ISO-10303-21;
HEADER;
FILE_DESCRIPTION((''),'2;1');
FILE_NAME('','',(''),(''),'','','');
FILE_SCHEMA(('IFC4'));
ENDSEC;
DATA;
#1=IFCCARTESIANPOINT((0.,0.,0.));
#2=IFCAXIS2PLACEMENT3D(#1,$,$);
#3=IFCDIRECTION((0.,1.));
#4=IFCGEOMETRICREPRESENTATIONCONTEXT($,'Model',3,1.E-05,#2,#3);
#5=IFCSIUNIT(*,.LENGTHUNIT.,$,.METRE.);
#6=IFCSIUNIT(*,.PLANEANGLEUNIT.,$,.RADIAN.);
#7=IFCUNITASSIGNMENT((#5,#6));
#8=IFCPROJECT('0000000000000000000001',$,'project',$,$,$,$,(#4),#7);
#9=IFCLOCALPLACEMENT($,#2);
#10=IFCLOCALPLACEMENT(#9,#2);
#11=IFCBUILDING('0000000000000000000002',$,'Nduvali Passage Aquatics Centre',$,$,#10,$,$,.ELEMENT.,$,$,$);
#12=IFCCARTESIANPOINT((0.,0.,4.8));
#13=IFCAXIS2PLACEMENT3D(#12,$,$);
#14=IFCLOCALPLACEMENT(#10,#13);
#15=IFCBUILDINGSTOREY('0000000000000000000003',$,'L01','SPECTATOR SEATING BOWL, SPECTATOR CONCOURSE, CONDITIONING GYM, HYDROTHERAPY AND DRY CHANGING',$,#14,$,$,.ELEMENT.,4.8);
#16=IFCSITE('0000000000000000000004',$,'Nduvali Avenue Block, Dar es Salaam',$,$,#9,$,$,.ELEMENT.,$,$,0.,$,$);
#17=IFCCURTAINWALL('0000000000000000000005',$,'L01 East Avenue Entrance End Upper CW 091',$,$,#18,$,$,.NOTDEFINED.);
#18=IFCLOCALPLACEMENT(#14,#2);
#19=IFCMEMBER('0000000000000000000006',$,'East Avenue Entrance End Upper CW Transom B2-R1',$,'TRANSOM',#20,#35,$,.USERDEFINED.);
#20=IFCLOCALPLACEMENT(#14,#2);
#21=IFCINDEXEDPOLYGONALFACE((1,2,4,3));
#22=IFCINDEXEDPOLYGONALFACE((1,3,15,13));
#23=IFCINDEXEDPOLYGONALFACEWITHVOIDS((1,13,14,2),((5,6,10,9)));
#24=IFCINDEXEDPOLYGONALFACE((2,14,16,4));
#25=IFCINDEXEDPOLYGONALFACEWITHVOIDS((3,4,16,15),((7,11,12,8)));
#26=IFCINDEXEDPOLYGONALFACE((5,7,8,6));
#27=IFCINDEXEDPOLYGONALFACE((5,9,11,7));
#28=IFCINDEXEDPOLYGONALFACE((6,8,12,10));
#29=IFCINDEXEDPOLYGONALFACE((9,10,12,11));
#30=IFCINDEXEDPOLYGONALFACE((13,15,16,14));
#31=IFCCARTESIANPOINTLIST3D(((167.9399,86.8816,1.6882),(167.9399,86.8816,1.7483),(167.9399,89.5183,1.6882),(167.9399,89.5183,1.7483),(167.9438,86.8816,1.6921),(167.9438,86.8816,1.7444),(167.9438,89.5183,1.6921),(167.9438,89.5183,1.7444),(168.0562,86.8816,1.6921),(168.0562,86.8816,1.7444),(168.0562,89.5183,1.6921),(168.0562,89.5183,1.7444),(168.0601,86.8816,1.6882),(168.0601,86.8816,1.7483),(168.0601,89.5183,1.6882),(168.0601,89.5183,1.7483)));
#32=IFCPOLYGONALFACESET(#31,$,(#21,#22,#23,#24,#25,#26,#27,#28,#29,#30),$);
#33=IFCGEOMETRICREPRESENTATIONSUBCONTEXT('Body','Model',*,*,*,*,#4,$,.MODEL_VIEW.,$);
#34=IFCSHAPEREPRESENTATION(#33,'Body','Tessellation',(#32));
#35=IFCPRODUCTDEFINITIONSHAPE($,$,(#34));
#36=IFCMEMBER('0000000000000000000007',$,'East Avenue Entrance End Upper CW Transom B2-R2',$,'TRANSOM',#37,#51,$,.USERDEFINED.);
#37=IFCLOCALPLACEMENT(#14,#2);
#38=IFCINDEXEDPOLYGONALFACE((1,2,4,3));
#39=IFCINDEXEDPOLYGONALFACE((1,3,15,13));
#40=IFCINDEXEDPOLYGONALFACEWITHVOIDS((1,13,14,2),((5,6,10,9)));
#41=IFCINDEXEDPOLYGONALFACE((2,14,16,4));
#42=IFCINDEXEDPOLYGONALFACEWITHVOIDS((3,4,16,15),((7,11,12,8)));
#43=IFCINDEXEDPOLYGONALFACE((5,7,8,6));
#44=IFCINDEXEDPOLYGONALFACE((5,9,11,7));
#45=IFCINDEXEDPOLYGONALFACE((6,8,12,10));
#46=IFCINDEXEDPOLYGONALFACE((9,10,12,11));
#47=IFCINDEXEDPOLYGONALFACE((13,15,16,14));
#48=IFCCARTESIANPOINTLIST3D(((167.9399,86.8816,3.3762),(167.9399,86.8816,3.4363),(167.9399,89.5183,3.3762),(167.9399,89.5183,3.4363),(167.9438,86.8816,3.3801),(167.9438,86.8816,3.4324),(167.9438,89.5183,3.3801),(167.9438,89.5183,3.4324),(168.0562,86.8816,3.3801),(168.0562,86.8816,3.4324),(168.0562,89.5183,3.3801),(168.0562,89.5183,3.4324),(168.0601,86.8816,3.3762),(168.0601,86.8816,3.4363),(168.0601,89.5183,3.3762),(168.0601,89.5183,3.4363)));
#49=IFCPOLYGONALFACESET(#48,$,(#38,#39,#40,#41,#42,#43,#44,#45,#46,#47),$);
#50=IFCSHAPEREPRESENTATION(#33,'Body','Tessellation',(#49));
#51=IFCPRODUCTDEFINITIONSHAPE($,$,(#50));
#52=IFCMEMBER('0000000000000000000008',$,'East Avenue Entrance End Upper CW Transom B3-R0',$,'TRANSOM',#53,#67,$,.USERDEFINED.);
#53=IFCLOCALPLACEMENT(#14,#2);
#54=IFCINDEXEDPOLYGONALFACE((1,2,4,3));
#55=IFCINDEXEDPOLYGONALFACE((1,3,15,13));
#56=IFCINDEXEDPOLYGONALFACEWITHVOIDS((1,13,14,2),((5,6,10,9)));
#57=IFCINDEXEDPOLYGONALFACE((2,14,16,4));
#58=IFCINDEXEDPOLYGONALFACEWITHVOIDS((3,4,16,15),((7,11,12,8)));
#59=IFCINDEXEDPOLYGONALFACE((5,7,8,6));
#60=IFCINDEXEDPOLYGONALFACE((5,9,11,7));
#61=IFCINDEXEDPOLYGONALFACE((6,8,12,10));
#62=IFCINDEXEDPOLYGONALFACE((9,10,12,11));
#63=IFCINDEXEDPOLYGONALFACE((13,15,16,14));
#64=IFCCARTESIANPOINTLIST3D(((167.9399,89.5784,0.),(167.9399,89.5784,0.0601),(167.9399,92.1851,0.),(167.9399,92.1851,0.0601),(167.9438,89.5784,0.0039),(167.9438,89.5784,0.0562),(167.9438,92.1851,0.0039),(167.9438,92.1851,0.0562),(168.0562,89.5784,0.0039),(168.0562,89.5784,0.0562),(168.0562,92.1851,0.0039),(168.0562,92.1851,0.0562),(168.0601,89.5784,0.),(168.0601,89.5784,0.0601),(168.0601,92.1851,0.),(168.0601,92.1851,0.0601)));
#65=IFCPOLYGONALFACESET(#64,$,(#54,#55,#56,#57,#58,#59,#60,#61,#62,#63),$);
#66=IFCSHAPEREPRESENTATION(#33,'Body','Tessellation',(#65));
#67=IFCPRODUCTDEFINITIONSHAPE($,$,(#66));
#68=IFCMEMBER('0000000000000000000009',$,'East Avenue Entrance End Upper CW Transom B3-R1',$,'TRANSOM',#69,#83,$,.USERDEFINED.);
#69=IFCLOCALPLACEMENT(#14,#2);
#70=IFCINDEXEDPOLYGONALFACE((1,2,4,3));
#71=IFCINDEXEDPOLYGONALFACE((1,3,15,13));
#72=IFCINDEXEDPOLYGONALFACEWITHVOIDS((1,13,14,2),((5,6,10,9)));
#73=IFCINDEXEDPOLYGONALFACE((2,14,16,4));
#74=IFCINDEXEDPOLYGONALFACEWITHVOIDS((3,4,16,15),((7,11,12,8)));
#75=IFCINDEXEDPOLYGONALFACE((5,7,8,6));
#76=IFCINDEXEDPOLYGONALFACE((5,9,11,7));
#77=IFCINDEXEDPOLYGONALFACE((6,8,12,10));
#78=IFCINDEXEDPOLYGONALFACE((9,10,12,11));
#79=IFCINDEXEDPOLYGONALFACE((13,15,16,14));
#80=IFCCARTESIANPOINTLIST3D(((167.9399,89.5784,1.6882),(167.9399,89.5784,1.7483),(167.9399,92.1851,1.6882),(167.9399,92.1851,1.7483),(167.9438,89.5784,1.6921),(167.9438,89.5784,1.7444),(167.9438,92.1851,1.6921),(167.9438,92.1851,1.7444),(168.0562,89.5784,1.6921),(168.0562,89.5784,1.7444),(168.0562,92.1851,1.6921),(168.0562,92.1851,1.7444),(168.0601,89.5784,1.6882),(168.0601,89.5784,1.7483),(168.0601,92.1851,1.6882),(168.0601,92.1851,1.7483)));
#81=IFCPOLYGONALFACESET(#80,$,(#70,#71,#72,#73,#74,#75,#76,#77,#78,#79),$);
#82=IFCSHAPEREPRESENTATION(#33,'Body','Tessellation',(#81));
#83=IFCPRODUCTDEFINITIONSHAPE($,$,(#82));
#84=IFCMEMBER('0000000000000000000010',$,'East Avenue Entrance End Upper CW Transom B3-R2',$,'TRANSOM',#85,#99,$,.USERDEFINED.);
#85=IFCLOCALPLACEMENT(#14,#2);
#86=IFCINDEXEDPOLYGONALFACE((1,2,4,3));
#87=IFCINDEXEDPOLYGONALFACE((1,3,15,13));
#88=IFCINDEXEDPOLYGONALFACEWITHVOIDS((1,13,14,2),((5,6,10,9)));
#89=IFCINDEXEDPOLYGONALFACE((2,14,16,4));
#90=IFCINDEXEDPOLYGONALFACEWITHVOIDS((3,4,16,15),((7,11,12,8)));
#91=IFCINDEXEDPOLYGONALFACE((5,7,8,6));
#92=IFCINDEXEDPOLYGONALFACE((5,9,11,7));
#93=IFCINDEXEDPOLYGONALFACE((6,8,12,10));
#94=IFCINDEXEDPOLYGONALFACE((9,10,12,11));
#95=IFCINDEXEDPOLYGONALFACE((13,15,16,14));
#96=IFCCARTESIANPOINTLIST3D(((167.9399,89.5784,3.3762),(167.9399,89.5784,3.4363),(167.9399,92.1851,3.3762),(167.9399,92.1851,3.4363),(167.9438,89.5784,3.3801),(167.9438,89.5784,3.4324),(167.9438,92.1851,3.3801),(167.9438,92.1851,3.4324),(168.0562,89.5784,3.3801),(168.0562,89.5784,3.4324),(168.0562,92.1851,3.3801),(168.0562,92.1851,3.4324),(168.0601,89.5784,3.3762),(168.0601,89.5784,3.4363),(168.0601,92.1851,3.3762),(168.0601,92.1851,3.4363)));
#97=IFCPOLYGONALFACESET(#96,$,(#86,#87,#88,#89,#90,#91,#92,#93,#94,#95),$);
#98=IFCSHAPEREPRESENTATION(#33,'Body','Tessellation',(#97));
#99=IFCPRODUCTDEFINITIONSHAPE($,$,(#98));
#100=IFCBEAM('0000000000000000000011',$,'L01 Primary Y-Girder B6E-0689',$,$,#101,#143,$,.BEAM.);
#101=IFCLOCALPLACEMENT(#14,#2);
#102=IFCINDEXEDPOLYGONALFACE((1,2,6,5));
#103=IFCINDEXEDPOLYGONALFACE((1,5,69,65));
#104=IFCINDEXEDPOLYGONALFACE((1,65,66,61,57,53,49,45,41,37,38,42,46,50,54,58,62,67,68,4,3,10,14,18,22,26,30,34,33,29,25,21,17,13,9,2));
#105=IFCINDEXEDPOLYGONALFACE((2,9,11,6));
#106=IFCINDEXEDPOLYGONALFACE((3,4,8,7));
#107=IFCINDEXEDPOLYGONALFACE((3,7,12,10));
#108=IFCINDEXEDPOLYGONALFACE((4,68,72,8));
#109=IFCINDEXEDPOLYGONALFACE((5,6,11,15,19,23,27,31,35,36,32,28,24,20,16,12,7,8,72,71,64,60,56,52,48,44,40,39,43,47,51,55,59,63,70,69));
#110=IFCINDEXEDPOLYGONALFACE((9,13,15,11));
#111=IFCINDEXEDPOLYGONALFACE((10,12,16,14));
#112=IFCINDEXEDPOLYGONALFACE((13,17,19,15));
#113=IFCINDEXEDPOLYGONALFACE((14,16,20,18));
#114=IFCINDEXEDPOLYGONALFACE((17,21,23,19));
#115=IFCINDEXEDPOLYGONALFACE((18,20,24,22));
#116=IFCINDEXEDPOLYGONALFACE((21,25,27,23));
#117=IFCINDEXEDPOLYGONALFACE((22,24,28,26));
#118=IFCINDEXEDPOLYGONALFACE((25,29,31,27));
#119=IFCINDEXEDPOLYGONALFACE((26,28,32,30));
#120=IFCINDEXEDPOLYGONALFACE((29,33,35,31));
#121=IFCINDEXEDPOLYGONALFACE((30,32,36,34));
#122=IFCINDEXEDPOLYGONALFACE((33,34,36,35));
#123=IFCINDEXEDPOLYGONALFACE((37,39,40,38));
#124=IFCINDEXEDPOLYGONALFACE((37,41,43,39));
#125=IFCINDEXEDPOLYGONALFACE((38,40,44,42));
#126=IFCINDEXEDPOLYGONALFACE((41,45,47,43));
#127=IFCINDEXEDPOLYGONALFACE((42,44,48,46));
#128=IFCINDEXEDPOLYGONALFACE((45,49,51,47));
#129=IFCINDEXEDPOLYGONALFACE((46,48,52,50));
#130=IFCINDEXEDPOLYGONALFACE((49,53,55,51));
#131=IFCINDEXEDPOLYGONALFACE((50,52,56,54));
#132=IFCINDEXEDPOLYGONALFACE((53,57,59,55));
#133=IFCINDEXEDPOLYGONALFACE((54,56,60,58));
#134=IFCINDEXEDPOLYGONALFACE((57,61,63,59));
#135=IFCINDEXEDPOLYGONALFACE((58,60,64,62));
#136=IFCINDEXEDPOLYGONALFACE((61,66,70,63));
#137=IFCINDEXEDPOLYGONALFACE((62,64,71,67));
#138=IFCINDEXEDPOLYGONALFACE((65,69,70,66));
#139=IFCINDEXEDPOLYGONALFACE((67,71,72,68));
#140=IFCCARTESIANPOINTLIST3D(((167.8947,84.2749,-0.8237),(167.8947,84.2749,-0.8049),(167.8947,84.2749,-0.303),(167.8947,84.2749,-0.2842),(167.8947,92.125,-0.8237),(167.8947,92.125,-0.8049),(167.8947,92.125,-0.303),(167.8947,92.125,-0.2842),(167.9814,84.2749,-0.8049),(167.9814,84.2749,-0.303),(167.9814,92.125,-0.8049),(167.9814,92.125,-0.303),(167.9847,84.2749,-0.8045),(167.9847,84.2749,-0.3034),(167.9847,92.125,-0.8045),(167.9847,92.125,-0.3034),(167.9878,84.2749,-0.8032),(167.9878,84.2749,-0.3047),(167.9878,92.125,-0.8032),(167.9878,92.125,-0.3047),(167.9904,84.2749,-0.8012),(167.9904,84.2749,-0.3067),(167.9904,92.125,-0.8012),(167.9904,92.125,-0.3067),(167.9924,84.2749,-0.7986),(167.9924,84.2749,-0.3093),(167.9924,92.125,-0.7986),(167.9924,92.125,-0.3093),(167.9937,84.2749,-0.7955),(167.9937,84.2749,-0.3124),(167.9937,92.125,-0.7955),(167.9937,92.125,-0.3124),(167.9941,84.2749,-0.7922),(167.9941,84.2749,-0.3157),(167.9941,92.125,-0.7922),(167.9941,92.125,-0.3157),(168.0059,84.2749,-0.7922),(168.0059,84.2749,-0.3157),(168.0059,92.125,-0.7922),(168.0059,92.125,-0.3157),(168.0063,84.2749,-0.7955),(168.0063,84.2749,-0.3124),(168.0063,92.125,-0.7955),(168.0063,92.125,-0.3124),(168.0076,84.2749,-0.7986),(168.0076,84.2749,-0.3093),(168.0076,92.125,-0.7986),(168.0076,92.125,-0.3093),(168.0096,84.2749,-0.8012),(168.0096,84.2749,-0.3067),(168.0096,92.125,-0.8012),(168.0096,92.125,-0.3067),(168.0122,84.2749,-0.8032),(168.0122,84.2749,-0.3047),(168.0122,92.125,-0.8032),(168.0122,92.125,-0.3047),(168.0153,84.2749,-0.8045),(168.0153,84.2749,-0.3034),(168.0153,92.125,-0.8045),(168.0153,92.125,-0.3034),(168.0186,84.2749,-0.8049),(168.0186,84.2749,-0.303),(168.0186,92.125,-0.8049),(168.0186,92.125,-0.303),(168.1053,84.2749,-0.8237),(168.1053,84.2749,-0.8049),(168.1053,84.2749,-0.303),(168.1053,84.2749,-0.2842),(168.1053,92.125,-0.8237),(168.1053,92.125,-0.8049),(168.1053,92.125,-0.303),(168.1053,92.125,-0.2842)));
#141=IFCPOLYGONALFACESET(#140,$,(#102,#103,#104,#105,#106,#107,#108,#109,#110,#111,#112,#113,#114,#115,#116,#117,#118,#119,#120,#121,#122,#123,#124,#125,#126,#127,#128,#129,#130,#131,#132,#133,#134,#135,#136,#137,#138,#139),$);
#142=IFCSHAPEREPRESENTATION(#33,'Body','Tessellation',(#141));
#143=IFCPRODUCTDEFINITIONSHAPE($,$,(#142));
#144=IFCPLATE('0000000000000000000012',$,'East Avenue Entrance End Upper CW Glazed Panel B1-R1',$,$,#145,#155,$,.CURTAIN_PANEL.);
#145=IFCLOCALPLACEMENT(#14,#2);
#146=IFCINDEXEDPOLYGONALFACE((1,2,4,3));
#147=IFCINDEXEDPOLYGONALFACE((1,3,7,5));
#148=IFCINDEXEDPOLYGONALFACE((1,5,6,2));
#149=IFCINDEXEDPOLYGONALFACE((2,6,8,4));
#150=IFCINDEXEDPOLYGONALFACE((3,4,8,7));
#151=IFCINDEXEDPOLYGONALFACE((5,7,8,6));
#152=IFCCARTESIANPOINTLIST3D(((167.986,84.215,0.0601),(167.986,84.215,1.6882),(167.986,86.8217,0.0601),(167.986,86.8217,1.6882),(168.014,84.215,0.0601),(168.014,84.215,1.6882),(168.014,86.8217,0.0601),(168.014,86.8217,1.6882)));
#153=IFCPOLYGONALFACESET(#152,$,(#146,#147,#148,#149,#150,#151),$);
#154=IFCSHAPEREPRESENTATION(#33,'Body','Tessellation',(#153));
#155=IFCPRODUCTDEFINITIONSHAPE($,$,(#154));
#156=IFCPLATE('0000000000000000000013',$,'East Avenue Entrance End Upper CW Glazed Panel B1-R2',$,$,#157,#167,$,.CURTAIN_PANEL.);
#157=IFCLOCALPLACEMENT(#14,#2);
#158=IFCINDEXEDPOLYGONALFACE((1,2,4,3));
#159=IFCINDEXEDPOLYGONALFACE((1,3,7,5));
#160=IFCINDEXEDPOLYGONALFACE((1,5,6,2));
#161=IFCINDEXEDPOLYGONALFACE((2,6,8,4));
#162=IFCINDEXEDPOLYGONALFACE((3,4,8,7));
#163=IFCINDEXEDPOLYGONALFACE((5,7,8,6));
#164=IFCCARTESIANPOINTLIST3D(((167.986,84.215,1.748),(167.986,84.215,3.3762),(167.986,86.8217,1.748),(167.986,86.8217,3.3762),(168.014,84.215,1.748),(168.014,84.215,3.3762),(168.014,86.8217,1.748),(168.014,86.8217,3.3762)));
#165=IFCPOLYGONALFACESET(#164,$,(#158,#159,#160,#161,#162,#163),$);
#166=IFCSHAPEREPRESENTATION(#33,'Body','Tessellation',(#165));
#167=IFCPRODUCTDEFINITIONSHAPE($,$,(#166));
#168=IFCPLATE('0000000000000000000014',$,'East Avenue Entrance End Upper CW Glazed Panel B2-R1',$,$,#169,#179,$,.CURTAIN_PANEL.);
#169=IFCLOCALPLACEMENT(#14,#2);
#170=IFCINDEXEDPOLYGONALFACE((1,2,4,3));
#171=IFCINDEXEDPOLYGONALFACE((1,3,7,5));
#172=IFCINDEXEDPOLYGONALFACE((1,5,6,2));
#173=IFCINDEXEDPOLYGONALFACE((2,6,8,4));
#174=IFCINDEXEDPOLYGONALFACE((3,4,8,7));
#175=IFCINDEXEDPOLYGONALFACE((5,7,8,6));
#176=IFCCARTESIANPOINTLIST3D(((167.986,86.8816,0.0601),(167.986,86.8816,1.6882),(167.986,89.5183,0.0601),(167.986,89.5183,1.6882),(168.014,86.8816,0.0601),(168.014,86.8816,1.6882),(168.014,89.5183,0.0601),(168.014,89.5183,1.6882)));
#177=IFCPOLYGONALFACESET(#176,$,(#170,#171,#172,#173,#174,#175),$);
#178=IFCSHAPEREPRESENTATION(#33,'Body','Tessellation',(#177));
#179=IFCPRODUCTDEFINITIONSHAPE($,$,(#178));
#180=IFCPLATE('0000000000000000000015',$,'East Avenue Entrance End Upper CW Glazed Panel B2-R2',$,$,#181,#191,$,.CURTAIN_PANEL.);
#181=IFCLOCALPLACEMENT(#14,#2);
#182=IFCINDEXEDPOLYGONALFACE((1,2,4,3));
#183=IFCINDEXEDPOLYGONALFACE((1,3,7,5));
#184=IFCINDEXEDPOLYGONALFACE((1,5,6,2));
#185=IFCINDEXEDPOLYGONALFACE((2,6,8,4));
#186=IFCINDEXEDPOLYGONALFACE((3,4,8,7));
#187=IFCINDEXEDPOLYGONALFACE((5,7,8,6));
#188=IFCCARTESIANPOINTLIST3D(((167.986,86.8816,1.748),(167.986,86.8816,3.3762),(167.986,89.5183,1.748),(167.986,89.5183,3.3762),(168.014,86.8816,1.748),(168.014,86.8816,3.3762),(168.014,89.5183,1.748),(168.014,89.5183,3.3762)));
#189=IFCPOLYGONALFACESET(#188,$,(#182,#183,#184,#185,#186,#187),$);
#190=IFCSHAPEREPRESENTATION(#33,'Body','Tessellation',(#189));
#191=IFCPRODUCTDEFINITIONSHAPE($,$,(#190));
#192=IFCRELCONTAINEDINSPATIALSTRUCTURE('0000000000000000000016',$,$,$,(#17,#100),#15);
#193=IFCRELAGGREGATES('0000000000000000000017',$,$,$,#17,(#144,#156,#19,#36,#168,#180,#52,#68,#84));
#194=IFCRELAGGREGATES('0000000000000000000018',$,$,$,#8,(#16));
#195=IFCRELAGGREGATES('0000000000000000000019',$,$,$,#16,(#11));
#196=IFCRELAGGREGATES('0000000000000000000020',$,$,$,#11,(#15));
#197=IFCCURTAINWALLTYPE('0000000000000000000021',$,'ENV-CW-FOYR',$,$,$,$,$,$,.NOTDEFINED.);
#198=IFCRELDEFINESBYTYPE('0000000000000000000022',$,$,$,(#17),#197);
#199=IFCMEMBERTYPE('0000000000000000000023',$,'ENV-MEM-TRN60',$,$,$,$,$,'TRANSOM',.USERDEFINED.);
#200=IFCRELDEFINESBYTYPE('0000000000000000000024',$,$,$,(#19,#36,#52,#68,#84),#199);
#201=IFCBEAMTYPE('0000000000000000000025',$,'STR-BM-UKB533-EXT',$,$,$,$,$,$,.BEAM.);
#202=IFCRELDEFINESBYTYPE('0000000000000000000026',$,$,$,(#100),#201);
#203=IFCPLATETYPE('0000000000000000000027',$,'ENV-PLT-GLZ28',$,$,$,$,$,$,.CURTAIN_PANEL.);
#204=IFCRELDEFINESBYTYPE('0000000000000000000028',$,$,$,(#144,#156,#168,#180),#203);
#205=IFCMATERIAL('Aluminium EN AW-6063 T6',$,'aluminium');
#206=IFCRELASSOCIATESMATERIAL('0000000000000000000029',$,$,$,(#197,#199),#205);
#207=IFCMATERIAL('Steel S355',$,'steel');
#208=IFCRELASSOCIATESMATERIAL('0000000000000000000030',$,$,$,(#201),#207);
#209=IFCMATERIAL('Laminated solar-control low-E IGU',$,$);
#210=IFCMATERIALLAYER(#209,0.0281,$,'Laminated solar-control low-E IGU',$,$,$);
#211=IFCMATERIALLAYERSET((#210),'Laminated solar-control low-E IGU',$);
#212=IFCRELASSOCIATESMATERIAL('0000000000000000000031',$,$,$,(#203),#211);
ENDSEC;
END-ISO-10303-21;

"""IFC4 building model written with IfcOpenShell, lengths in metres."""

from ifc_helpers import new_model, si_unit, direction, frame, origin, origin_2d, place, context, subcontext, project, spatial, rectangle, hollow_rectangle, i_section, extrude, material, layer, layer_set, material_profile, profile_set, type_object, element, aggregate, save


model = new_model("IFC4")

# Units and contexts
model_context = context("Model", 3, precision=1e-05, world=origin(), true_north=direction((0.0, 1.0)))
body_context = subcontext(model_context, "Body", "Model", "MODEL_VIEW")
ifc_project = project(units=[si_unit("LENGTHUNIT", "METRE"), si_unit("PLANEANGLEUNIT", "RADIAN")], contexts=[model_context])

# Site, building, storey
site_placement = place(None, origin())
site = spatial("IfcSite", under=ifc_project, at=site_placement, Name="Nduvali Avenue Block, Dar es Salaam", CompositionType="ELEMENT", RefElevation=0.0)
building_placement = place(site_placement, origin())
building = spatial("IfcBuilding", under=site, at=building_placement, Name="Nduvali Passage Aquatics Centre", CompositionType="ELEMENT")
storey_placement = place(building_placement, frame((0.0, 0.0, 4.8)))
storey = spatial("IfcBuildingStorey", under=building, at=storey_placement, Name="L01", Description="SPECTATOR SEATING BOWL, SPECTATOR CONCOURSE, CONDITIONING GYM, HYDROTHERAPY AND DRY CHANGING", CompositionType="ELEMENT", Elevation=4.8)

# Shared definitions
ifc_material_1 = material(Name="Steel S355", Category="steel")

# Curtain wall, members
ifc_material_2 = material(Name="Aluminium EN AW-6063 T6", Category="aluminium")
curtain_wall_type = type_object("IfcCurtainWallType", Name="ENV-CW-FOYR", PredefinedType="NOTDEFINED", material=ifc_material_2)
curtain_wall_placement = place(storey_placement, origin())
curtain_wall = element("IfcCurtainWall", 1, at=curtain_wall_placement, inside=storey, type_object=curtain_wall_type, Name="L01 East Avenue Entrance End Upper CW 091", PredefinedType="NOTDEFINED")
ifc_material_profile_1 = material_profile(ifc_material_2, hollow_rectangle(XDim=0.1201, YDim=0.0601, WallThickness=0.0039, at=origin_2d()), Name="ALU TRANSOM 120x60x4")
ifc_profile_set_1 = profile_set([ifc_material_profile_1], Name="Aluminium EN AW-6063 T6")
member_type_1 = type_object("IfcMemberType", Name="ENV-MEM-TRN60", ElementType="TRANSOM", PredefinedType="USERDEFINED", material=ifc_profile_set_1)
member_1_placement = place(storey_placement, frame((168.0, 86.8816, 1.7183), z_axis=(0.0, 1.0, 0.0), x_axis=(-1.0, 0.0, 0.0)))
member_1 = element("IfcMember", 2, at=member_1_placement, type_object=member_type_1, Name="East Avenue Entrance End Upper CW Transom B2-R1", ObjectType="TRANSOM", PredefinedType="USERDEFINED", context=body_context, shape_type="SweptSolid", body=[
    extrude(hollow_rectangle(XDim=0.1201, YDim=0.0601, WallThickness=0.0039, at=origin_2d()), origin(), (0.0, 0.0, 1.0), 2.6367),
])
member_2_placement = place(storey_placement, frame((168.0, 86.8816, 3.4062), z_axis=(0.0, 1.0, 0.0), x_axis=(-1.0, 0.0, 0.0)))
member_2 = element("IfcMember", 3, at=member_2_placement, type_object=member_type_1, Name="East Avenue Entrance End Upper CW Transom B2-R2", ObjectType="TRANSOM", PredefinedType="USERDEFINED", context=body_context, shape_type="SweptSolid", body=[
    extrude(hollow_rectangle(XDim=0.1201, YDim=0.0601, WallThickness=0.0039, at=origin_2d()), origin(), (0.0, 0.0, 1.0), 2.6367),
])
member_3_placement = place(storey_placement, frame((168.0, 89.5784, 0.03), z_axis=(0.0, 1.0, 0.0), x_axis=(-1.0, 0.0, 0.0)))
member_3 = element("IfcMember", 4, at=member_3_placement, type_object=member_type_1, Name="East Avenue Entrance End Upper CW Transom B3-R0", ObjectType="TRANSOM", PredefinedType="USERDEFINED", context=body_context, shape_type="SweptSolid", body=[
    extrude(hollow_rectangle(XDim=0.1201, YDim=0.0601, WallThickness=0.0039, at=origin_2d()), origin(), (0.0, 0.0, 1.0), 2.6067),
])
member_4_placement = place(storey_placement, frame((168.0, 89.5784, 1.7183), z_axis=(0.0, 1.0, 0.0), x_axis=(-1.0, 0.0, 0.0)))
member_4 = element("IfcMember", 5, at=member_4_placement, type_object=member_type_1, Name="East Avenue Entrance End Upper CW Transom B3-R1", ObjectType="TRANSOM", PredefinedType="USERDEFINED", context=body_context, shape_type="SweptSolid", body=[
    extrude(hollow_rectangle(XDim=0.1201, YDim=0.0601, WallThickness=0.0039, at=origin_2d()), origin(), (0.0, 0.0, 1.0), 2.6067),
])
member_5_placement = place(storey_placement, frame((168.0, 89.5784, 3.4062), z_axis=(0.0, 1.0, 0.0), x_axis=(-1.0, 0.0, 0.0)))
member_5 = element("IfcMember", 6, at=member_5_placement, type_object=member_type_1, Name="East Avenue Entrance End Upper CW Transom B3-R2", ObjectType="TRANSOM", PredefinedType="USERDEFINED", context=body_context, shape_type="SweptSolid", body=[
    extrude(hollow_rectangle(XDim=0.1201, YDim=0.0601, WallThickness=0.0039, at=origin_2d()), origin(), (0.0, 0.0, 1.0), 2.6067),
])

# Beam
ifc_material_profile_2 = material_profile(ifc_material_1, i_section(OverallWidth=0.2107, OverallDepth=0.5396, WebThickness=0.0117, FlangeThickness=0.0188, FilletRadius=0.0127, at=origin_2d()), Name="UKB 533x210x109")
ifc_profile_set_2 = profile_set([ifc_material_profile_2], Name="Steel S355")
beam_type = type_object("IfcBeamType", Name="STR-BM-UKB533-EXT", PredefinedType="BEAM", material=ifc_profile_set_2)
beam_placement = place(storey_placement, frame((168.0, 84.2749, -0.554), z_axis=(0.0, 1.0, 0.0), x_axis=(-1.0, 0.0, 0.0)))
element("IfcBeam", 7, at=beam_placement, inside=storey, type_object=beam_type, Name="L01 Primary Y-Girder B6E-0689", PredefinedType="BEAM", context=body_context, shape_type="SweptSolid", body=[
    extrude(i_section(OverallWidth=0.2107, OverallDepth=0.5396, WebThickness=0.0117, FlangeThickness=0.0188, FilletRadius=0.0127, at=origin_2d()), origin(), (0.0, 0.0, 1.0), 7.8501),
])

# Plates
ifc_material_3 = material(Name="Laminated solar-control low-E IGU")
ifc_layer = layer(ifc_material_3, 0.0281, Name="Laminated solar-control low-E IGU")
ifc_layer_set = layer_set([ifc_layer], Name="Laminated solar-control low-E IGU")
plate_type = type_object("IfcPlateType", Name="ENV-PLT-GLZ28", PredefinedType="CURTAIN_PANEL", material=ifc_layer_set)
plate_1_placement = place(storey_placement, frame((168.0, 85.5183, 0.0601), z_axis=(0.0, 0.0, 1.0), x_axis=(0.0, 1.0, 0.0)))
plate_1 = element("IfcPlate", 8, at=plate_1_placement, type_object=plate_type, Name="East Avenue Entrance End Upper CW Glazed Panel B1-R1", PredefinedType="CURTAIN_PANEL", context=body_context, shape_type="SweptSolid", body=[
    extrude(rectangle(XDim=2.6067, YDim=0.0281, at=origin_2d()), origin(), (0.0, 0.0, 1.0), 1.6282),
])
plate_2_placement = place(storey_placement, frame((168.0, 85.5183, 1.748), z_axis=(0.0, 0.0, 1.0), x_axis=(0.0, 1.0, 0.0)))
plate_2 = element("IfcPlate", 9, at=plate_2_placement, type_object=plate_type, Name="East Avenue Entrance End Upper CW Glazed Panel B1-R2", PredefinedType="CURTAIN_PANEL", context=body_context, shape_type="SweptSolid", body=[
    extrude(rectangle(XDim=2.6067, YDim=0.0281, at=origin_2d()), origin(), (0.0, 0.0, 1.0), 1.6282),
])
plate_3_placement = place(storey_placement, frame((168.0, 88.2, 0.0601), z_axis=(0.0, 0.0, 1.0), x_axis=(0.0, 1.0, 0.0)))
plate_3 = element("IfcPlate", 10, at=plate_3_placement, type_object=plate_type, Name="East Avenue Entrance End Upper CW Glazed Panel B2-R1", PredefinedType="CURTAIN_PANEL", context=body_context, shape_type="SweptSolid", body=[
    extrude(rectangle(XDim=2.6367, YDim=0.0281, at=origin_2d()), origin(), (0.0, 0.0, 1.0), 1.6282),
])
plate_4_placement = place(storey_placement, frame((168.0, 88.2, 1.748), z_axis=(0.0, 0.0, 1.0), x_axis=(0.0, 1.0, 0.0)))
plate_4 = element("IfcPlate", 11, at=plate_4_placement, type_object=plate_type, Name="East Avenue Entrance End Upper CW Glazed Panel B2-R2", PredefinedType="CURTAIN_PANEL", context=body_context, shape_type="SweptSolid", body=[
    extrude(rectangle(XDim=2.6367, YDim=0.0281, at=origin_2d()), origin(), (0.0, 0.0, 1.0), 1.6282),
])
aggregate(curtain_wall, [plate_1, plate_2, member_1, member_2, plate_3, plate_4, member_3, member_4, member_5])

save(model, "model.ifc")
